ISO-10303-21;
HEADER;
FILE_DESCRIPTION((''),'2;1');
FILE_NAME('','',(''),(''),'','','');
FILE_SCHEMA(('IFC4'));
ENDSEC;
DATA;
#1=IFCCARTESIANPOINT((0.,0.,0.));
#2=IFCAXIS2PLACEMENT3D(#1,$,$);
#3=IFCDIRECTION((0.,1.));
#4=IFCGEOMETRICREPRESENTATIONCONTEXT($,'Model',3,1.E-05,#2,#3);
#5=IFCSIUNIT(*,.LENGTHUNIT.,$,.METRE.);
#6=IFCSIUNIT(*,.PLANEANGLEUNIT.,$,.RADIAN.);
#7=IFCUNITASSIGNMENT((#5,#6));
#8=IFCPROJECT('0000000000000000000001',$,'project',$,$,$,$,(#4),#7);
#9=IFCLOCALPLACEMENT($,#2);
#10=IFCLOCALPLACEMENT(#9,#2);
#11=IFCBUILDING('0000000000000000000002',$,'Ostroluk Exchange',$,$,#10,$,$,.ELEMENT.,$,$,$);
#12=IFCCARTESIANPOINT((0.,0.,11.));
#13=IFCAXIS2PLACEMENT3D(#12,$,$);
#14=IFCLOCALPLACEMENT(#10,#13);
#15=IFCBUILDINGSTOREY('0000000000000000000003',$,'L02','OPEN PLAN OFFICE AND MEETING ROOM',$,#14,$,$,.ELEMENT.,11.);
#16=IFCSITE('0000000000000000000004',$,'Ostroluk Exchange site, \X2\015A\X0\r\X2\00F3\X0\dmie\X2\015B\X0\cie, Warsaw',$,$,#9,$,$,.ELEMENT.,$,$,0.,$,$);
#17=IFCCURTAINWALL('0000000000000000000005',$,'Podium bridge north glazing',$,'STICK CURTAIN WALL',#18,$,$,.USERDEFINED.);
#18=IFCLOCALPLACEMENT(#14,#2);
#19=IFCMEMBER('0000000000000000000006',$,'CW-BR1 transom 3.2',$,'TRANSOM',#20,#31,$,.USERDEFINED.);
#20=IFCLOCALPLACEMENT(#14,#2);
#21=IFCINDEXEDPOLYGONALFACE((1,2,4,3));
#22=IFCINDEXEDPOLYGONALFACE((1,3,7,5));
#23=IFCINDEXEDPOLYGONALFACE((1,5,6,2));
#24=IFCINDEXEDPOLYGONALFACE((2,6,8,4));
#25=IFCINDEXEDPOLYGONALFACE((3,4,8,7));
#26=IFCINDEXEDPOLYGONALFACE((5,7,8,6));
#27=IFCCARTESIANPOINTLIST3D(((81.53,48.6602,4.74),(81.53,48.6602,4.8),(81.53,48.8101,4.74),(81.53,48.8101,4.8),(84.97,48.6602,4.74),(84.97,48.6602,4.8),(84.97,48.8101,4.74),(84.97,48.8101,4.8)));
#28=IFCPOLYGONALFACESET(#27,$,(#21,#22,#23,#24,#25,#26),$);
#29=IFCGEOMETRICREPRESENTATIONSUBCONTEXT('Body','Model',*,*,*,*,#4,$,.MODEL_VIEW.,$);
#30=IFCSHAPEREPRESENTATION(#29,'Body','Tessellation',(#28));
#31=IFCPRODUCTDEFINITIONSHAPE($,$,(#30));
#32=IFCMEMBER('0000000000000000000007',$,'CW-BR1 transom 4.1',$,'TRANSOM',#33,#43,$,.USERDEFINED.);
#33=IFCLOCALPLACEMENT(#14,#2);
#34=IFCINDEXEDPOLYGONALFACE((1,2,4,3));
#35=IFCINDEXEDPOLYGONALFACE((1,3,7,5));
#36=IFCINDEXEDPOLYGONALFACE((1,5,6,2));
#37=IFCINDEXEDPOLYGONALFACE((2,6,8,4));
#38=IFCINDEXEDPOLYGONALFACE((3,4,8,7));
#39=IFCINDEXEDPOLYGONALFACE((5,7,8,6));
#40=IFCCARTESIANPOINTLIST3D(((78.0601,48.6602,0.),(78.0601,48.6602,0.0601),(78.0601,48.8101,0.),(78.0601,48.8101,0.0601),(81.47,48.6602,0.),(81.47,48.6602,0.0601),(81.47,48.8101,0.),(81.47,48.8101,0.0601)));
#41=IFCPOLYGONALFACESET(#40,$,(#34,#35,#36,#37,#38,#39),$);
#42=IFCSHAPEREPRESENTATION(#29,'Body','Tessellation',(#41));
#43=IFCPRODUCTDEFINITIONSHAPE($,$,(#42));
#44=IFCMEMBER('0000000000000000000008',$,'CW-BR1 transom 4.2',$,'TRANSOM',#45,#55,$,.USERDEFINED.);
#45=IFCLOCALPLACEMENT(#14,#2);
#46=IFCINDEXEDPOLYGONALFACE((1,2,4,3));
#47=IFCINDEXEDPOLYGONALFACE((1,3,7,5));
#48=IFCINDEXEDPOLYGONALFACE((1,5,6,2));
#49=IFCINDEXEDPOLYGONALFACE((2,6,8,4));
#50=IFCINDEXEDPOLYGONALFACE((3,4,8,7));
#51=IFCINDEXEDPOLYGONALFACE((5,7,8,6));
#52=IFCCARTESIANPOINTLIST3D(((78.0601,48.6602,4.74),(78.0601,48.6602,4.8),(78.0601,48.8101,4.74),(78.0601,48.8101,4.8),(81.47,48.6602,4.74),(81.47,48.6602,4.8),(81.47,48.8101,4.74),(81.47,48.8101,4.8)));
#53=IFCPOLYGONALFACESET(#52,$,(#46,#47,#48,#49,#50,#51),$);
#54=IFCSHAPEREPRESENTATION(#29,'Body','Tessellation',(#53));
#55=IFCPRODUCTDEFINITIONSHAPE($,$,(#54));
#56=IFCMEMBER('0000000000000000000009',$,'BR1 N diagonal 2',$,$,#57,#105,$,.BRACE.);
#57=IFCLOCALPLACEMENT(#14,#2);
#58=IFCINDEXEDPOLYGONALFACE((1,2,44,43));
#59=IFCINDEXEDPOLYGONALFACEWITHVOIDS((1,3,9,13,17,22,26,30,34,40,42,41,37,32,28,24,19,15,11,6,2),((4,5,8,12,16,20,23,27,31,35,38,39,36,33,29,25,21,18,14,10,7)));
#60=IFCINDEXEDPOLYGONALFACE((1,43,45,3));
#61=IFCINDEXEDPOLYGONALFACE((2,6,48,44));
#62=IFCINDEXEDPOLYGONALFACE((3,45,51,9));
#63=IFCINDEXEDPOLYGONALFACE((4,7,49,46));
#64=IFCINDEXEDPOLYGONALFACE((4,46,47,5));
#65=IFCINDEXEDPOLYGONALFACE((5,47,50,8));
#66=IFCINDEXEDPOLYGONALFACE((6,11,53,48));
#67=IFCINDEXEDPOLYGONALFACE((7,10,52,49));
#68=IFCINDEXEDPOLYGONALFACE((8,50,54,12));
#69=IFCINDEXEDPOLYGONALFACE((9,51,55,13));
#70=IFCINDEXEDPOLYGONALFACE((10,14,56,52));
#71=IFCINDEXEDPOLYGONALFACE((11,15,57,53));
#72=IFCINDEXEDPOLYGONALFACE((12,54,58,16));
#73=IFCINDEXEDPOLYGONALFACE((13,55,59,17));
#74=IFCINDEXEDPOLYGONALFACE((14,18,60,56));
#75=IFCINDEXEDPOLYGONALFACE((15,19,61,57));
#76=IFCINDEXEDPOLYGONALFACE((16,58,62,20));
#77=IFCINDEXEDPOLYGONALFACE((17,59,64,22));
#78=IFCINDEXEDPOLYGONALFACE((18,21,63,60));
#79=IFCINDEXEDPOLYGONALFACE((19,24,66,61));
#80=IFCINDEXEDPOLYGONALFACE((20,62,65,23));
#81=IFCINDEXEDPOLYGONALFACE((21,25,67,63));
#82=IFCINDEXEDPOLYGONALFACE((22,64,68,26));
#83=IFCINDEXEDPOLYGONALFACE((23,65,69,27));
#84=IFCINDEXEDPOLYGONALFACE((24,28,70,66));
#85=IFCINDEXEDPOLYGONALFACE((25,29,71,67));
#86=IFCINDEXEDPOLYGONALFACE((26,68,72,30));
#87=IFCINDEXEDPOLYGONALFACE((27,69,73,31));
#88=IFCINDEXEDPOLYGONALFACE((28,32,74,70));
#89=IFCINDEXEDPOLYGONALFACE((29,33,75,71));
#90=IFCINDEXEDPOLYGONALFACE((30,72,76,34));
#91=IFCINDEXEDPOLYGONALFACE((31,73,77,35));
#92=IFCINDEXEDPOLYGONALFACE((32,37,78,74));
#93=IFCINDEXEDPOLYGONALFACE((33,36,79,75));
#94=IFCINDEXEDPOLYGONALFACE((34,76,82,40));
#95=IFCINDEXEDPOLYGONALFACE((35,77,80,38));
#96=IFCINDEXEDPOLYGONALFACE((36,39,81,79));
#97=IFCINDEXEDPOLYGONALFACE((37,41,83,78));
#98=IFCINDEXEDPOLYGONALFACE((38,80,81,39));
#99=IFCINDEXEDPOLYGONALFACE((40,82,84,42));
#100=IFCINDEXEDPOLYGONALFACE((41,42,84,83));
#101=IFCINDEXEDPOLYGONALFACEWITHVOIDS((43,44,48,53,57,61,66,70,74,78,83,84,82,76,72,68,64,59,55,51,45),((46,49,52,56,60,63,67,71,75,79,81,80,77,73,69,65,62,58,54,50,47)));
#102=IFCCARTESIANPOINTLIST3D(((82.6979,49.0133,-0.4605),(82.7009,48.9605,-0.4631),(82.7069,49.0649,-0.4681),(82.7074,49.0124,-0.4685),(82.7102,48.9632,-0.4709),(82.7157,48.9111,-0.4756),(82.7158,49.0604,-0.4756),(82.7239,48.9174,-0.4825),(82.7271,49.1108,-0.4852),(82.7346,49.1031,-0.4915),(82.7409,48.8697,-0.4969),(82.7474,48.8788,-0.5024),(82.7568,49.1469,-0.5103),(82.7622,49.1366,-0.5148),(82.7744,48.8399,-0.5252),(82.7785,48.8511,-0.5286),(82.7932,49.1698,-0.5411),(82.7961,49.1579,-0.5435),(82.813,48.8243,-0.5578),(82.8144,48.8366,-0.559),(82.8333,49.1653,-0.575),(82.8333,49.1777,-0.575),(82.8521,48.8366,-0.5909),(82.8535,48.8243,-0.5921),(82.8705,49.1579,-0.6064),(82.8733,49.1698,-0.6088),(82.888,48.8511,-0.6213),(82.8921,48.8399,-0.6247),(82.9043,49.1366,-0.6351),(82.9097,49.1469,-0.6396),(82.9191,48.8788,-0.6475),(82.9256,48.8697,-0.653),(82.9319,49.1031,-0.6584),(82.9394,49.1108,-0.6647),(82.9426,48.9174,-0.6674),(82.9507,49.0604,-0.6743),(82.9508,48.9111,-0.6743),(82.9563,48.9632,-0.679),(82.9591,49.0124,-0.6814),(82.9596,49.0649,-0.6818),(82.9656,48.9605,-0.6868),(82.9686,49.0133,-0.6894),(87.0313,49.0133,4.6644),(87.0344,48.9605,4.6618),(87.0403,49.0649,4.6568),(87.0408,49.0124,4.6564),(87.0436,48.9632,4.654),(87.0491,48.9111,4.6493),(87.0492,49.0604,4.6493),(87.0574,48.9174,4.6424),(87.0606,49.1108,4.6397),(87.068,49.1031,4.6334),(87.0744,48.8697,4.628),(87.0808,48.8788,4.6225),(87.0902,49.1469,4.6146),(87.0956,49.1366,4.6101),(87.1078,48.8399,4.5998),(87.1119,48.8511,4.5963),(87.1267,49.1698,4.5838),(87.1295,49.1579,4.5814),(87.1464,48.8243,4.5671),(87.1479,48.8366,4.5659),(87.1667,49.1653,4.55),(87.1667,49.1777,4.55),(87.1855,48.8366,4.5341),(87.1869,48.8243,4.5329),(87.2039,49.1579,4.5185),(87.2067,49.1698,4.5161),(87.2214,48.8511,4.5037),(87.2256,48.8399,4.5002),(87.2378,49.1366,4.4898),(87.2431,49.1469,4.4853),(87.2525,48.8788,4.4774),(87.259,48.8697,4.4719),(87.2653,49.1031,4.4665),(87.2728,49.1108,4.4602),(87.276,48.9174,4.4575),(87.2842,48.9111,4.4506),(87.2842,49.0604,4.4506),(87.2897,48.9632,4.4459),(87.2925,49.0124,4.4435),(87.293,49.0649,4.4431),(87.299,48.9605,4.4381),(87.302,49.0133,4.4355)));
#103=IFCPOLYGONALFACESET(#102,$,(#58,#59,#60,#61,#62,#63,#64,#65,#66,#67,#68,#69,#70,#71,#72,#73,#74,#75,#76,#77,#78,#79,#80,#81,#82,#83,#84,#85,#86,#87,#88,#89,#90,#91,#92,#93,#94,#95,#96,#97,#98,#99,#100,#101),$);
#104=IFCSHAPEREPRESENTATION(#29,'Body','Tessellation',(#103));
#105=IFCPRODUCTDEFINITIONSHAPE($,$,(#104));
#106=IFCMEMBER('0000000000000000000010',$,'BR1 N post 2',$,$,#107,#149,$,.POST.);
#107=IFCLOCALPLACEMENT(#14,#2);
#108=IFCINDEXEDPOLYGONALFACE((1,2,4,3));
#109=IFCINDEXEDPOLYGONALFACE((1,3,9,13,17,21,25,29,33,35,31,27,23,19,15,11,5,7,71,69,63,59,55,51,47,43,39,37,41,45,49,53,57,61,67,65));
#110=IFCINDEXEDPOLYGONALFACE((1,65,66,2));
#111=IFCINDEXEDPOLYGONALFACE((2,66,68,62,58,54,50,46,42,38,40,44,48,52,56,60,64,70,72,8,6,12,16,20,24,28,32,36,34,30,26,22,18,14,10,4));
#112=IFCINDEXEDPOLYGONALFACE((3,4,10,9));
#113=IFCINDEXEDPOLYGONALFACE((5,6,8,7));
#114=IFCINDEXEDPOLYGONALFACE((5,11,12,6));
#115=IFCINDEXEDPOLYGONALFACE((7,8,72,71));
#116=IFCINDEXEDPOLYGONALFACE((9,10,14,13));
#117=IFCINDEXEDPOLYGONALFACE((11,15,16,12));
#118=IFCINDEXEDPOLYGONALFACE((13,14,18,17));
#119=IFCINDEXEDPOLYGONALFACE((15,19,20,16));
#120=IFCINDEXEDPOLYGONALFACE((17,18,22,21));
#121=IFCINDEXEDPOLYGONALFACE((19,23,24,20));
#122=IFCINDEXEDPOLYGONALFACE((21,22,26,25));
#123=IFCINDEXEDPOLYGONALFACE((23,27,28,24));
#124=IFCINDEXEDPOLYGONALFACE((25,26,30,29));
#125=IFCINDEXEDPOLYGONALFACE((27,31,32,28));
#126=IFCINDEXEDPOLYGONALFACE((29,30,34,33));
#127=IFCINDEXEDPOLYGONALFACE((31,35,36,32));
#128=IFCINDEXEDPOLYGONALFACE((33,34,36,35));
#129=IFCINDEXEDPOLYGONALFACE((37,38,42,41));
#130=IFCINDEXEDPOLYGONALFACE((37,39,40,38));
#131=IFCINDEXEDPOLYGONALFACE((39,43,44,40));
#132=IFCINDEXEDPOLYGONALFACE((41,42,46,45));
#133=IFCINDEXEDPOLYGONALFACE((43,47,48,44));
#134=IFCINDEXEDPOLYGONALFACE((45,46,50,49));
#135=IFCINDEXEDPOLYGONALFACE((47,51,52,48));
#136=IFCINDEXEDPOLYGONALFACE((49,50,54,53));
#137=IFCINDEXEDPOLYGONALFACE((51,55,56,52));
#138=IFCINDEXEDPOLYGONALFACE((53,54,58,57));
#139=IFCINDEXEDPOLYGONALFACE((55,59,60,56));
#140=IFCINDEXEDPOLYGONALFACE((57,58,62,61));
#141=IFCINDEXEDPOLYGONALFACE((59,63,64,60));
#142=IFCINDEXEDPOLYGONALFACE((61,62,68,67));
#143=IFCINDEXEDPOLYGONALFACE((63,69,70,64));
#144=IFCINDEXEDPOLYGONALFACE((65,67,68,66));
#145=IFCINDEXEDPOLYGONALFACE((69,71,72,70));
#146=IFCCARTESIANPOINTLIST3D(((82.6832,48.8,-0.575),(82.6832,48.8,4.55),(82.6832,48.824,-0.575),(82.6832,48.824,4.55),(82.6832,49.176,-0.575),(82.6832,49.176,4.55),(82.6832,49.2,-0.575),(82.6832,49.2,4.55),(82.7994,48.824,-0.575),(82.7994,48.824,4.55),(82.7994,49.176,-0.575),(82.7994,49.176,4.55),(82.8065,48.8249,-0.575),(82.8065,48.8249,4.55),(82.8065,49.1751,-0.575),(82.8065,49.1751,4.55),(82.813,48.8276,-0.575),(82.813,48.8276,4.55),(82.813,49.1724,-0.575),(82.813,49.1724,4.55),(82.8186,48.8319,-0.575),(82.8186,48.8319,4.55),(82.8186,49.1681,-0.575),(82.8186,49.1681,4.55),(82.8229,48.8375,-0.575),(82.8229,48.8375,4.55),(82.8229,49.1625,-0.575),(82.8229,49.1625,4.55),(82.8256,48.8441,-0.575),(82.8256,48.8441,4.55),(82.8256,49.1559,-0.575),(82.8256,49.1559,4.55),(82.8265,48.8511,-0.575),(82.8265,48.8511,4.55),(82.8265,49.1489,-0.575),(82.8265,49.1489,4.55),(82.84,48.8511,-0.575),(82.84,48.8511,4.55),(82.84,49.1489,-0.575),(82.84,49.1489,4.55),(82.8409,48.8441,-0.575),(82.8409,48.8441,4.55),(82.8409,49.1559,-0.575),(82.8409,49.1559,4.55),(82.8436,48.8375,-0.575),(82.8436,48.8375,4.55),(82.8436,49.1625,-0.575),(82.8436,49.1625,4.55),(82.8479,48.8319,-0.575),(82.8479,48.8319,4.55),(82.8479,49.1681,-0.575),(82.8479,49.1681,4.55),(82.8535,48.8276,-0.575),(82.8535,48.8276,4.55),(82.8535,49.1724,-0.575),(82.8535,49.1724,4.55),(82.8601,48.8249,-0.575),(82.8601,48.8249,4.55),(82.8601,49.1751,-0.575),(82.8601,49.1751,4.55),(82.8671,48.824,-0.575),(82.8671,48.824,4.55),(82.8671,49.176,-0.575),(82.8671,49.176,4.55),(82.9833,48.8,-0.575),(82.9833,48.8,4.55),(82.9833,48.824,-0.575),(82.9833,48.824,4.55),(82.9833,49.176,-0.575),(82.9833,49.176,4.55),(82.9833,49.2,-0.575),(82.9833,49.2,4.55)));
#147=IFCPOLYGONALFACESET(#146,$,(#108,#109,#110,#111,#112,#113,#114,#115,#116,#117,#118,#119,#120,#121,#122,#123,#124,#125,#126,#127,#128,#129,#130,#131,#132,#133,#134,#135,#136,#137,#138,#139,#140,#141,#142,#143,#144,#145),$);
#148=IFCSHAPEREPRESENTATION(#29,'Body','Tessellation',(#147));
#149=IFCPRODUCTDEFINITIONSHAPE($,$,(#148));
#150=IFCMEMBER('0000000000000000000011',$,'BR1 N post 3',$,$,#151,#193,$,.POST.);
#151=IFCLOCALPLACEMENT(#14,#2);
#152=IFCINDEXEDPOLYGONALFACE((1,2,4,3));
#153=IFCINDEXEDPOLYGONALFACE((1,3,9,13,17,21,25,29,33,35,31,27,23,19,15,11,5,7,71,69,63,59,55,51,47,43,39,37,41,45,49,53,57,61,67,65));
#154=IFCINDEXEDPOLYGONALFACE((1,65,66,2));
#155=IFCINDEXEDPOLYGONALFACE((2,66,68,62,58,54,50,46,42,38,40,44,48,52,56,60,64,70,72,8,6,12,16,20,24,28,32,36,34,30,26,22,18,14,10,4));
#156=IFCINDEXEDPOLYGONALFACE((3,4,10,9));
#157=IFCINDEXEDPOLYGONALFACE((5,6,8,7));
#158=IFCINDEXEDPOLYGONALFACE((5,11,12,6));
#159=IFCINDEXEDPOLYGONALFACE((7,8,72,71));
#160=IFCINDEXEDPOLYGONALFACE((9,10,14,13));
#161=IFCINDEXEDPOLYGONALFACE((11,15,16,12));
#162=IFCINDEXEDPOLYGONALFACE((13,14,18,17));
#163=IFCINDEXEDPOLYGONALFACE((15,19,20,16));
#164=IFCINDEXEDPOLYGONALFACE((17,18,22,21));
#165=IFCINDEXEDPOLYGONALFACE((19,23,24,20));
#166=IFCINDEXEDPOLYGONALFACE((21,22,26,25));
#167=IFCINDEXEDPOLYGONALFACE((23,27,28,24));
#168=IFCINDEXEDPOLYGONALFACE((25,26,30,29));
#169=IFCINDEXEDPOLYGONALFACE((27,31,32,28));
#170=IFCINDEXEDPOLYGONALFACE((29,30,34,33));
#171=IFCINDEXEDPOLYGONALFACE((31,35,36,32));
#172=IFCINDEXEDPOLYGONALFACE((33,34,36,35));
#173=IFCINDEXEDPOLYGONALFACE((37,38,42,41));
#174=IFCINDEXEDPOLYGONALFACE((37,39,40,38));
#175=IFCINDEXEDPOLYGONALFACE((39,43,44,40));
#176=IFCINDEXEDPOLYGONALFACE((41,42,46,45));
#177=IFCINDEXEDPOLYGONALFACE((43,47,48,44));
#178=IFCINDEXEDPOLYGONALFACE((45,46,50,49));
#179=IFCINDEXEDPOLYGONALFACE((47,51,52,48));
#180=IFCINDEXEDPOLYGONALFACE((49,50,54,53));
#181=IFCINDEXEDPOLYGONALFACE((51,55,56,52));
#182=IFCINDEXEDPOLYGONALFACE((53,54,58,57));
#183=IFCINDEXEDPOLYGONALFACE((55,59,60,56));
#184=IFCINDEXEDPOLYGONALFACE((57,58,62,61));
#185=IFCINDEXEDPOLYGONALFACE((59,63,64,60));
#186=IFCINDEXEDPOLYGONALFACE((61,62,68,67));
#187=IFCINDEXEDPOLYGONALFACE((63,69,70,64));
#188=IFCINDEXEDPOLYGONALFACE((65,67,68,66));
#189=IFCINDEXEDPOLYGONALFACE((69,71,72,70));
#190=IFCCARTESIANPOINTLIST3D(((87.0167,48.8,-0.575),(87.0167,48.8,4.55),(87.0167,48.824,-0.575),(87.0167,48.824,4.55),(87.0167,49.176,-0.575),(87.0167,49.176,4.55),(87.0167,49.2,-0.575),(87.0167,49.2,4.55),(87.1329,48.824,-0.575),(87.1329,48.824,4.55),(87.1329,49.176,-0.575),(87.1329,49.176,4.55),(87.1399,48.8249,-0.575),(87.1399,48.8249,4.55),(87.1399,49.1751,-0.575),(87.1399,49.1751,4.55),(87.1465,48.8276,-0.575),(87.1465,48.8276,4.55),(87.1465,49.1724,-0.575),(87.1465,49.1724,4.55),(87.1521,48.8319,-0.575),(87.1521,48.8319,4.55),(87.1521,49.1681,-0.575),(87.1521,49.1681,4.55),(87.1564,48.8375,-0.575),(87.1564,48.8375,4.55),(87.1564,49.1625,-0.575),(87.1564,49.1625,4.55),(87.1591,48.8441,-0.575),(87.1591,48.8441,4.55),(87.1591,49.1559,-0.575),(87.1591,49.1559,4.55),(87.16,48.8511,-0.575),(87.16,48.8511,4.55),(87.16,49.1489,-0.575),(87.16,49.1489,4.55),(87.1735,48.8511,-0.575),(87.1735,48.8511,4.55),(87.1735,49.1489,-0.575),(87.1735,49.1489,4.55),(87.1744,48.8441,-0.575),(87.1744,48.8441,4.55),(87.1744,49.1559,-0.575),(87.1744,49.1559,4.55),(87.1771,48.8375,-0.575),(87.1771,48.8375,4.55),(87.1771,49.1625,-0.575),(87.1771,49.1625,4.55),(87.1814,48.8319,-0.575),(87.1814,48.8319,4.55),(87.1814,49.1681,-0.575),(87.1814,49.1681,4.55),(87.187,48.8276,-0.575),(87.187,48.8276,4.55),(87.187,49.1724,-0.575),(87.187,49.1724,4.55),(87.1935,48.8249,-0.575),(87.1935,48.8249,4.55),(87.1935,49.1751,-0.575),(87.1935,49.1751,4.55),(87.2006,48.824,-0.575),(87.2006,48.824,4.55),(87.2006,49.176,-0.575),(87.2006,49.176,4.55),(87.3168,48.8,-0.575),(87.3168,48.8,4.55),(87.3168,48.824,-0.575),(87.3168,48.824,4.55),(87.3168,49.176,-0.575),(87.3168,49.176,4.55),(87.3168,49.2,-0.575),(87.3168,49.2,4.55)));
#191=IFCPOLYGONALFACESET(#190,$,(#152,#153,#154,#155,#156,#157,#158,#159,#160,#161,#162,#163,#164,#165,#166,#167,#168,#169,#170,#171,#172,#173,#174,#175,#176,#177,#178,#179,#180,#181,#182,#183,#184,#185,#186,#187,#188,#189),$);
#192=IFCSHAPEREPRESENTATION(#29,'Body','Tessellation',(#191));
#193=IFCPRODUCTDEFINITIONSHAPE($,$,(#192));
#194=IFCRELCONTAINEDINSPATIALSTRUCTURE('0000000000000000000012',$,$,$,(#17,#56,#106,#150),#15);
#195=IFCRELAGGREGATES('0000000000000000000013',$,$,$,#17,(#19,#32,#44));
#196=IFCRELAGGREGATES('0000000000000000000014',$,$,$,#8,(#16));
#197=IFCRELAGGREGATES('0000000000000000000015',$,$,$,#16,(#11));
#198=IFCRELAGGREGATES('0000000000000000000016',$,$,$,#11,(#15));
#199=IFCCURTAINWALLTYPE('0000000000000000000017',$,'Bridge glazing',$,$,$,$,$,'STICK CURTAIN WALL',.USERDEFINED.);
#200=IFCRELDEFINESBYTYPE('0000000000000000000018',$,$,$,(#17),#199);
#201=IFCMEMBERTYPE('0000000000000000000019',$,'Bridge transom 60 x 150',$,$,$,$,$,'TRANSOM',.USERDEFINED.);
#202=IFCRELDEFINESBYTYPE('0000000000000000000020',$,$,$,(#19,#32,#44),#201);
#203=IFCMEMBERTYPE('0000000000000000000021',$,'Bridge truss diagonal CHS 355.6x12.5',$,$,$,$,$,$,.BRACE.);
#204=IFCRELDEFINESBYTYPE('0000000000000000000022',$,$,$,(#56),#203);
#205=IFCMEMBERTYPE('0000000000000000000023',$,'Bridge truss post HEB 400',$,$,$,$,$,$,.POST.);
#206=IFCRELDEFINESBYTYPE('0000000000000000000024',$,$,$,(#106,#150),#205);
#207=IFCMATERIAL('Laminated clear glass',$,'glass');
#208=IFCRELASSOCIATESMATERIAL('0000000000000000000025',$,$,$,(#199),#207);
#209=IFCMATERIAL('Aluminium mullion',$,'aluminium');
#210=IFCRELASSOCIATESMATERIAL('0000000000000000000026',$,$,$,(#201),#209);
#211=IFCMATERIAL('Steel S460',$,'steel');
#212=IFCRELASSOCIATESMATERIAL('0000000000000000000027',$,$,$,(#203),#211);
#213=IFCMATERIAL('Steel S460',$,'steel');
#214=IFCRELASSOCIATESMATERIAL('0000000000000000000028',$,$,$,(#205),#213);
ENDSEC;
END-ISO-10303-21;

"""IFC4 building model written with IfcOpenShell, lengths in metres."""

from ifc_helpers import new_model, si_unit, direction, frame, origin, origin_2d, place, context, subcontext, project, spatial, rectangle, hollow_circle, i_section, extrude, material, material_profile, profile_set, type_object, element, aggregate, save


model = new_model("IFC4")

# Units and contexts
model_context = context("Model", 3, precision=1e-05, world=origin(), true_north=direction((0.0, 1.0)))
body_context = subcontext(model_context, "Body", "Model", "MODEL_VIEW")
ifc_project = project(units=[si_unit("LENGTHUNIT", "METRE"), si_unit("PLANEANGLEUNIT", "RADIAN")], contexts=[model_context])

# Site, building, storey
site_placement = place(None, origin())
site = spatial("IfcSite", under=ifc_project, at=site_placement, Name="Ostroluk Exchange site, Śródmieście, Warsaw", CompositionType="ELEMENT", RefElevation=0.0)
building_placement = place(site_placement, origin())
building = spatial("IfcBuilding", under=site, at=building_placement, Name="Ostroluk Exchange", CompositionType="ELEMENT")
storey_placement = place(building_placement, frame((0.0, 0.0, 11.0)))
storey = spatial("IfcBuildingStorey", under=building, at=storey_placement, Name="L02", Description="OPEN PLAN OFFICE AND MEETING ROOM", CompositionType="ELEMENT", Elevation=11.0)

# Curtain wall
ifc_material_1 = material(Name="Laminated clear glass", Category="glass")
curtain_wall_type = type_object("IfcCurtainWallType", Name="Bridge glazing", ElementType="STICK CURTAIN WALL", PredefinedType="USERDEFINED", material=ifc_material_1)
curtain_wall_placement = place(storey_placement, origin())
curtain_wall = element("IfcCurtainWall", 1, at=curtain_wall_placement, inside=storey, type_object=curtain_wall_type, Name="Podium bridge north glazing", ObjectType="STICK CURTAIN WALL", PredefinedType="USERDEFINED")

# Members
ifc_material_2 = material(Name="Aluminium mullion", Category="aluminium")
ifc_material_profile_1 = material_profile(ifc_material_2, rectangle(XDim=0.1499, YDim=0.0601, at=origin_2d()), Name="Bridge transom 60 x 150")
ifc_profile_set_1 = profile_set([ifc_material_profile_1], Name="Aluminium mullion")
member_type_1 = type_object("IfcMemberType", Name="Bridge transom 60 x 150", ElementType="TRANSOM", PredefinedType="USERDEFINED", material=ifc_profile_set_1)
member_1_placement = place(storey_placement, frame((84.97, 48.7351, 4.77), z_axis=(-1.0, 0.0, 0.0), x_axis=(0.0, -1.0, 0.0)))
member_1 = element("IfcMember", 2, at=member_1_placement, type_object=member_type_1, Name="CW-BR1 transom 3.2", ObjectType="TRANSOM", PredefinedType="USERDEFINED", context=body_context, shape_type="SweptSolid", body=[
    extrude(rectangle(XDim=0.1499, YDim=0.0601, at=origin_2d()), origin(), (0.0, 0.0, 1.0), 3.4399),
])
member_2_placement = place(storey_placement, frame((81.47, 48.7351, 0.03), z_axis=(-1.0, 0.0, 0.0), x_axis=(0.0, -1.0, 0.0)))
member_2 = element("IfcMember", 3, at=member_2_placement, type_object=member_type_1, Name="CW-BR1 transom 4.1", ObjectType="TRANSOM", PredefinedType="USERDEFINED", context=body_context, shape_type="SweptSolid", body=[
    extrude(rectangle(XDim=0.1499, YDim=0.0601, at=origin_2d()), origin(), (0.0, 0.0, 1.0), 3.4099),
])
member_3_placement = place(storey_placement, frame((81.47, 48.7351, 4.77), z_axis=(-1.0, 0.0, 0.0), x_axis=(0.0, -1.0, 0.0)))
member_3 = element("IfcMember", 4, at=member_3_placement, type_object=member_type_1, Name="CW-BR1 transom 4.2", ObjectType="TRANSOM", PredefinedType="USERDEFINED", context=body_context, shape_type="SweptSolid", body=[
    extrude(rectangle(XDim=0.1499, YDim=0.0601, at=origin_2d()), origin(), (0.0, 0.0, 1.0), 3.4099),
])

# Members
ifc_material_3 = material(Name="Steel S460", Category="steel")
ifc_material_profile_2 = material_profile(ifc_material_3, hollow_circle(Radius=0.1777, WallThickness=0.0125, at=origin_2d()), Name="CHS 355.6x12.5")
ifc_profile_set_2 = profile_set([ifc_material_profile_2], Name="Steel S460")
member_type_2 = type_object("IfcMemberType", Name="Bridge truss diagonal CHS 355.6x12.5", PredefinedType="BRACE", material=ifc_profile_set_2)
member_4_placement = place(storey_placement, frame((82.8333, 49.0, -0.575), z_axis=(0.645678, 0.0, 0.76361), x_axis=(0.0, 1.0, 0.0)))
element("IfcMember", 5, at=member_4_placement, inside=storey, type_object=member_type_2, Name="BR1 N diagonal 2", PredefinedType="BRACE", context=body_context, shape_type="SweptSolid", body=[
    extrude(hollow_circle(Radius=0.1777, WallThickness=0.0125, at=origin_2d()), origin(), (0.0, 0.0, 1.0), 6.7114),
])
ifc_material_4 = material(Name="Steel S460", Category="steel")
ifc_material_profile_3 = material_profile(ifc_material_4, i_section(OverallWidth=0.3, OverallDepth=0.3999, WebThickness=0.0134, FlangeThickness=0.0239, FilletRadius=0.0271, at=origin_2d()), Name="HEB 400")
ifc_profile_set_3 = profile_set([ifc_material_profile_3], Name="Steel S460")
member_type_3 = type_object("IfcMemberType", Name="Bridge truss post HEB 400", PredefinedType="POST", material=ifc_profile_set_3)
for number, where, z_axis, x_axis, name in (
    (6, (82.8333, 49.0, -0.575), (0.0, 0.0, 1.0), (1.0, 0.0, 0.0), "BR1 N post 2"),
    (7, (87.1667, 49.0, -0.575), (0.0, 0.0, 1.0), (1.0, 0.0, 0.0), "BR1 N post 3"),
):
    element("IfcMember", number, at=place(storey_placement, frame(where, z_axis=z_axis, x_axis=x_axis)), inside=storey, type_object=member_type_3, Name=name, PredefinedType="POST", context=body_context, shape_type="SweptSolid", body=[
        extrude(i_section(OverallWidth=0.3, OverallDepth=0.3999, WebThickness=0.0134, FlangeThickness=0.0239, FilletRadius=0.0271, at=origin_2d()), origin(), (0.0, 0.0, 1.0), 5.125),
    ])

aggregate(curtain_wall, [member_1, member_2, member_3])

save(model, "model.ifc")
